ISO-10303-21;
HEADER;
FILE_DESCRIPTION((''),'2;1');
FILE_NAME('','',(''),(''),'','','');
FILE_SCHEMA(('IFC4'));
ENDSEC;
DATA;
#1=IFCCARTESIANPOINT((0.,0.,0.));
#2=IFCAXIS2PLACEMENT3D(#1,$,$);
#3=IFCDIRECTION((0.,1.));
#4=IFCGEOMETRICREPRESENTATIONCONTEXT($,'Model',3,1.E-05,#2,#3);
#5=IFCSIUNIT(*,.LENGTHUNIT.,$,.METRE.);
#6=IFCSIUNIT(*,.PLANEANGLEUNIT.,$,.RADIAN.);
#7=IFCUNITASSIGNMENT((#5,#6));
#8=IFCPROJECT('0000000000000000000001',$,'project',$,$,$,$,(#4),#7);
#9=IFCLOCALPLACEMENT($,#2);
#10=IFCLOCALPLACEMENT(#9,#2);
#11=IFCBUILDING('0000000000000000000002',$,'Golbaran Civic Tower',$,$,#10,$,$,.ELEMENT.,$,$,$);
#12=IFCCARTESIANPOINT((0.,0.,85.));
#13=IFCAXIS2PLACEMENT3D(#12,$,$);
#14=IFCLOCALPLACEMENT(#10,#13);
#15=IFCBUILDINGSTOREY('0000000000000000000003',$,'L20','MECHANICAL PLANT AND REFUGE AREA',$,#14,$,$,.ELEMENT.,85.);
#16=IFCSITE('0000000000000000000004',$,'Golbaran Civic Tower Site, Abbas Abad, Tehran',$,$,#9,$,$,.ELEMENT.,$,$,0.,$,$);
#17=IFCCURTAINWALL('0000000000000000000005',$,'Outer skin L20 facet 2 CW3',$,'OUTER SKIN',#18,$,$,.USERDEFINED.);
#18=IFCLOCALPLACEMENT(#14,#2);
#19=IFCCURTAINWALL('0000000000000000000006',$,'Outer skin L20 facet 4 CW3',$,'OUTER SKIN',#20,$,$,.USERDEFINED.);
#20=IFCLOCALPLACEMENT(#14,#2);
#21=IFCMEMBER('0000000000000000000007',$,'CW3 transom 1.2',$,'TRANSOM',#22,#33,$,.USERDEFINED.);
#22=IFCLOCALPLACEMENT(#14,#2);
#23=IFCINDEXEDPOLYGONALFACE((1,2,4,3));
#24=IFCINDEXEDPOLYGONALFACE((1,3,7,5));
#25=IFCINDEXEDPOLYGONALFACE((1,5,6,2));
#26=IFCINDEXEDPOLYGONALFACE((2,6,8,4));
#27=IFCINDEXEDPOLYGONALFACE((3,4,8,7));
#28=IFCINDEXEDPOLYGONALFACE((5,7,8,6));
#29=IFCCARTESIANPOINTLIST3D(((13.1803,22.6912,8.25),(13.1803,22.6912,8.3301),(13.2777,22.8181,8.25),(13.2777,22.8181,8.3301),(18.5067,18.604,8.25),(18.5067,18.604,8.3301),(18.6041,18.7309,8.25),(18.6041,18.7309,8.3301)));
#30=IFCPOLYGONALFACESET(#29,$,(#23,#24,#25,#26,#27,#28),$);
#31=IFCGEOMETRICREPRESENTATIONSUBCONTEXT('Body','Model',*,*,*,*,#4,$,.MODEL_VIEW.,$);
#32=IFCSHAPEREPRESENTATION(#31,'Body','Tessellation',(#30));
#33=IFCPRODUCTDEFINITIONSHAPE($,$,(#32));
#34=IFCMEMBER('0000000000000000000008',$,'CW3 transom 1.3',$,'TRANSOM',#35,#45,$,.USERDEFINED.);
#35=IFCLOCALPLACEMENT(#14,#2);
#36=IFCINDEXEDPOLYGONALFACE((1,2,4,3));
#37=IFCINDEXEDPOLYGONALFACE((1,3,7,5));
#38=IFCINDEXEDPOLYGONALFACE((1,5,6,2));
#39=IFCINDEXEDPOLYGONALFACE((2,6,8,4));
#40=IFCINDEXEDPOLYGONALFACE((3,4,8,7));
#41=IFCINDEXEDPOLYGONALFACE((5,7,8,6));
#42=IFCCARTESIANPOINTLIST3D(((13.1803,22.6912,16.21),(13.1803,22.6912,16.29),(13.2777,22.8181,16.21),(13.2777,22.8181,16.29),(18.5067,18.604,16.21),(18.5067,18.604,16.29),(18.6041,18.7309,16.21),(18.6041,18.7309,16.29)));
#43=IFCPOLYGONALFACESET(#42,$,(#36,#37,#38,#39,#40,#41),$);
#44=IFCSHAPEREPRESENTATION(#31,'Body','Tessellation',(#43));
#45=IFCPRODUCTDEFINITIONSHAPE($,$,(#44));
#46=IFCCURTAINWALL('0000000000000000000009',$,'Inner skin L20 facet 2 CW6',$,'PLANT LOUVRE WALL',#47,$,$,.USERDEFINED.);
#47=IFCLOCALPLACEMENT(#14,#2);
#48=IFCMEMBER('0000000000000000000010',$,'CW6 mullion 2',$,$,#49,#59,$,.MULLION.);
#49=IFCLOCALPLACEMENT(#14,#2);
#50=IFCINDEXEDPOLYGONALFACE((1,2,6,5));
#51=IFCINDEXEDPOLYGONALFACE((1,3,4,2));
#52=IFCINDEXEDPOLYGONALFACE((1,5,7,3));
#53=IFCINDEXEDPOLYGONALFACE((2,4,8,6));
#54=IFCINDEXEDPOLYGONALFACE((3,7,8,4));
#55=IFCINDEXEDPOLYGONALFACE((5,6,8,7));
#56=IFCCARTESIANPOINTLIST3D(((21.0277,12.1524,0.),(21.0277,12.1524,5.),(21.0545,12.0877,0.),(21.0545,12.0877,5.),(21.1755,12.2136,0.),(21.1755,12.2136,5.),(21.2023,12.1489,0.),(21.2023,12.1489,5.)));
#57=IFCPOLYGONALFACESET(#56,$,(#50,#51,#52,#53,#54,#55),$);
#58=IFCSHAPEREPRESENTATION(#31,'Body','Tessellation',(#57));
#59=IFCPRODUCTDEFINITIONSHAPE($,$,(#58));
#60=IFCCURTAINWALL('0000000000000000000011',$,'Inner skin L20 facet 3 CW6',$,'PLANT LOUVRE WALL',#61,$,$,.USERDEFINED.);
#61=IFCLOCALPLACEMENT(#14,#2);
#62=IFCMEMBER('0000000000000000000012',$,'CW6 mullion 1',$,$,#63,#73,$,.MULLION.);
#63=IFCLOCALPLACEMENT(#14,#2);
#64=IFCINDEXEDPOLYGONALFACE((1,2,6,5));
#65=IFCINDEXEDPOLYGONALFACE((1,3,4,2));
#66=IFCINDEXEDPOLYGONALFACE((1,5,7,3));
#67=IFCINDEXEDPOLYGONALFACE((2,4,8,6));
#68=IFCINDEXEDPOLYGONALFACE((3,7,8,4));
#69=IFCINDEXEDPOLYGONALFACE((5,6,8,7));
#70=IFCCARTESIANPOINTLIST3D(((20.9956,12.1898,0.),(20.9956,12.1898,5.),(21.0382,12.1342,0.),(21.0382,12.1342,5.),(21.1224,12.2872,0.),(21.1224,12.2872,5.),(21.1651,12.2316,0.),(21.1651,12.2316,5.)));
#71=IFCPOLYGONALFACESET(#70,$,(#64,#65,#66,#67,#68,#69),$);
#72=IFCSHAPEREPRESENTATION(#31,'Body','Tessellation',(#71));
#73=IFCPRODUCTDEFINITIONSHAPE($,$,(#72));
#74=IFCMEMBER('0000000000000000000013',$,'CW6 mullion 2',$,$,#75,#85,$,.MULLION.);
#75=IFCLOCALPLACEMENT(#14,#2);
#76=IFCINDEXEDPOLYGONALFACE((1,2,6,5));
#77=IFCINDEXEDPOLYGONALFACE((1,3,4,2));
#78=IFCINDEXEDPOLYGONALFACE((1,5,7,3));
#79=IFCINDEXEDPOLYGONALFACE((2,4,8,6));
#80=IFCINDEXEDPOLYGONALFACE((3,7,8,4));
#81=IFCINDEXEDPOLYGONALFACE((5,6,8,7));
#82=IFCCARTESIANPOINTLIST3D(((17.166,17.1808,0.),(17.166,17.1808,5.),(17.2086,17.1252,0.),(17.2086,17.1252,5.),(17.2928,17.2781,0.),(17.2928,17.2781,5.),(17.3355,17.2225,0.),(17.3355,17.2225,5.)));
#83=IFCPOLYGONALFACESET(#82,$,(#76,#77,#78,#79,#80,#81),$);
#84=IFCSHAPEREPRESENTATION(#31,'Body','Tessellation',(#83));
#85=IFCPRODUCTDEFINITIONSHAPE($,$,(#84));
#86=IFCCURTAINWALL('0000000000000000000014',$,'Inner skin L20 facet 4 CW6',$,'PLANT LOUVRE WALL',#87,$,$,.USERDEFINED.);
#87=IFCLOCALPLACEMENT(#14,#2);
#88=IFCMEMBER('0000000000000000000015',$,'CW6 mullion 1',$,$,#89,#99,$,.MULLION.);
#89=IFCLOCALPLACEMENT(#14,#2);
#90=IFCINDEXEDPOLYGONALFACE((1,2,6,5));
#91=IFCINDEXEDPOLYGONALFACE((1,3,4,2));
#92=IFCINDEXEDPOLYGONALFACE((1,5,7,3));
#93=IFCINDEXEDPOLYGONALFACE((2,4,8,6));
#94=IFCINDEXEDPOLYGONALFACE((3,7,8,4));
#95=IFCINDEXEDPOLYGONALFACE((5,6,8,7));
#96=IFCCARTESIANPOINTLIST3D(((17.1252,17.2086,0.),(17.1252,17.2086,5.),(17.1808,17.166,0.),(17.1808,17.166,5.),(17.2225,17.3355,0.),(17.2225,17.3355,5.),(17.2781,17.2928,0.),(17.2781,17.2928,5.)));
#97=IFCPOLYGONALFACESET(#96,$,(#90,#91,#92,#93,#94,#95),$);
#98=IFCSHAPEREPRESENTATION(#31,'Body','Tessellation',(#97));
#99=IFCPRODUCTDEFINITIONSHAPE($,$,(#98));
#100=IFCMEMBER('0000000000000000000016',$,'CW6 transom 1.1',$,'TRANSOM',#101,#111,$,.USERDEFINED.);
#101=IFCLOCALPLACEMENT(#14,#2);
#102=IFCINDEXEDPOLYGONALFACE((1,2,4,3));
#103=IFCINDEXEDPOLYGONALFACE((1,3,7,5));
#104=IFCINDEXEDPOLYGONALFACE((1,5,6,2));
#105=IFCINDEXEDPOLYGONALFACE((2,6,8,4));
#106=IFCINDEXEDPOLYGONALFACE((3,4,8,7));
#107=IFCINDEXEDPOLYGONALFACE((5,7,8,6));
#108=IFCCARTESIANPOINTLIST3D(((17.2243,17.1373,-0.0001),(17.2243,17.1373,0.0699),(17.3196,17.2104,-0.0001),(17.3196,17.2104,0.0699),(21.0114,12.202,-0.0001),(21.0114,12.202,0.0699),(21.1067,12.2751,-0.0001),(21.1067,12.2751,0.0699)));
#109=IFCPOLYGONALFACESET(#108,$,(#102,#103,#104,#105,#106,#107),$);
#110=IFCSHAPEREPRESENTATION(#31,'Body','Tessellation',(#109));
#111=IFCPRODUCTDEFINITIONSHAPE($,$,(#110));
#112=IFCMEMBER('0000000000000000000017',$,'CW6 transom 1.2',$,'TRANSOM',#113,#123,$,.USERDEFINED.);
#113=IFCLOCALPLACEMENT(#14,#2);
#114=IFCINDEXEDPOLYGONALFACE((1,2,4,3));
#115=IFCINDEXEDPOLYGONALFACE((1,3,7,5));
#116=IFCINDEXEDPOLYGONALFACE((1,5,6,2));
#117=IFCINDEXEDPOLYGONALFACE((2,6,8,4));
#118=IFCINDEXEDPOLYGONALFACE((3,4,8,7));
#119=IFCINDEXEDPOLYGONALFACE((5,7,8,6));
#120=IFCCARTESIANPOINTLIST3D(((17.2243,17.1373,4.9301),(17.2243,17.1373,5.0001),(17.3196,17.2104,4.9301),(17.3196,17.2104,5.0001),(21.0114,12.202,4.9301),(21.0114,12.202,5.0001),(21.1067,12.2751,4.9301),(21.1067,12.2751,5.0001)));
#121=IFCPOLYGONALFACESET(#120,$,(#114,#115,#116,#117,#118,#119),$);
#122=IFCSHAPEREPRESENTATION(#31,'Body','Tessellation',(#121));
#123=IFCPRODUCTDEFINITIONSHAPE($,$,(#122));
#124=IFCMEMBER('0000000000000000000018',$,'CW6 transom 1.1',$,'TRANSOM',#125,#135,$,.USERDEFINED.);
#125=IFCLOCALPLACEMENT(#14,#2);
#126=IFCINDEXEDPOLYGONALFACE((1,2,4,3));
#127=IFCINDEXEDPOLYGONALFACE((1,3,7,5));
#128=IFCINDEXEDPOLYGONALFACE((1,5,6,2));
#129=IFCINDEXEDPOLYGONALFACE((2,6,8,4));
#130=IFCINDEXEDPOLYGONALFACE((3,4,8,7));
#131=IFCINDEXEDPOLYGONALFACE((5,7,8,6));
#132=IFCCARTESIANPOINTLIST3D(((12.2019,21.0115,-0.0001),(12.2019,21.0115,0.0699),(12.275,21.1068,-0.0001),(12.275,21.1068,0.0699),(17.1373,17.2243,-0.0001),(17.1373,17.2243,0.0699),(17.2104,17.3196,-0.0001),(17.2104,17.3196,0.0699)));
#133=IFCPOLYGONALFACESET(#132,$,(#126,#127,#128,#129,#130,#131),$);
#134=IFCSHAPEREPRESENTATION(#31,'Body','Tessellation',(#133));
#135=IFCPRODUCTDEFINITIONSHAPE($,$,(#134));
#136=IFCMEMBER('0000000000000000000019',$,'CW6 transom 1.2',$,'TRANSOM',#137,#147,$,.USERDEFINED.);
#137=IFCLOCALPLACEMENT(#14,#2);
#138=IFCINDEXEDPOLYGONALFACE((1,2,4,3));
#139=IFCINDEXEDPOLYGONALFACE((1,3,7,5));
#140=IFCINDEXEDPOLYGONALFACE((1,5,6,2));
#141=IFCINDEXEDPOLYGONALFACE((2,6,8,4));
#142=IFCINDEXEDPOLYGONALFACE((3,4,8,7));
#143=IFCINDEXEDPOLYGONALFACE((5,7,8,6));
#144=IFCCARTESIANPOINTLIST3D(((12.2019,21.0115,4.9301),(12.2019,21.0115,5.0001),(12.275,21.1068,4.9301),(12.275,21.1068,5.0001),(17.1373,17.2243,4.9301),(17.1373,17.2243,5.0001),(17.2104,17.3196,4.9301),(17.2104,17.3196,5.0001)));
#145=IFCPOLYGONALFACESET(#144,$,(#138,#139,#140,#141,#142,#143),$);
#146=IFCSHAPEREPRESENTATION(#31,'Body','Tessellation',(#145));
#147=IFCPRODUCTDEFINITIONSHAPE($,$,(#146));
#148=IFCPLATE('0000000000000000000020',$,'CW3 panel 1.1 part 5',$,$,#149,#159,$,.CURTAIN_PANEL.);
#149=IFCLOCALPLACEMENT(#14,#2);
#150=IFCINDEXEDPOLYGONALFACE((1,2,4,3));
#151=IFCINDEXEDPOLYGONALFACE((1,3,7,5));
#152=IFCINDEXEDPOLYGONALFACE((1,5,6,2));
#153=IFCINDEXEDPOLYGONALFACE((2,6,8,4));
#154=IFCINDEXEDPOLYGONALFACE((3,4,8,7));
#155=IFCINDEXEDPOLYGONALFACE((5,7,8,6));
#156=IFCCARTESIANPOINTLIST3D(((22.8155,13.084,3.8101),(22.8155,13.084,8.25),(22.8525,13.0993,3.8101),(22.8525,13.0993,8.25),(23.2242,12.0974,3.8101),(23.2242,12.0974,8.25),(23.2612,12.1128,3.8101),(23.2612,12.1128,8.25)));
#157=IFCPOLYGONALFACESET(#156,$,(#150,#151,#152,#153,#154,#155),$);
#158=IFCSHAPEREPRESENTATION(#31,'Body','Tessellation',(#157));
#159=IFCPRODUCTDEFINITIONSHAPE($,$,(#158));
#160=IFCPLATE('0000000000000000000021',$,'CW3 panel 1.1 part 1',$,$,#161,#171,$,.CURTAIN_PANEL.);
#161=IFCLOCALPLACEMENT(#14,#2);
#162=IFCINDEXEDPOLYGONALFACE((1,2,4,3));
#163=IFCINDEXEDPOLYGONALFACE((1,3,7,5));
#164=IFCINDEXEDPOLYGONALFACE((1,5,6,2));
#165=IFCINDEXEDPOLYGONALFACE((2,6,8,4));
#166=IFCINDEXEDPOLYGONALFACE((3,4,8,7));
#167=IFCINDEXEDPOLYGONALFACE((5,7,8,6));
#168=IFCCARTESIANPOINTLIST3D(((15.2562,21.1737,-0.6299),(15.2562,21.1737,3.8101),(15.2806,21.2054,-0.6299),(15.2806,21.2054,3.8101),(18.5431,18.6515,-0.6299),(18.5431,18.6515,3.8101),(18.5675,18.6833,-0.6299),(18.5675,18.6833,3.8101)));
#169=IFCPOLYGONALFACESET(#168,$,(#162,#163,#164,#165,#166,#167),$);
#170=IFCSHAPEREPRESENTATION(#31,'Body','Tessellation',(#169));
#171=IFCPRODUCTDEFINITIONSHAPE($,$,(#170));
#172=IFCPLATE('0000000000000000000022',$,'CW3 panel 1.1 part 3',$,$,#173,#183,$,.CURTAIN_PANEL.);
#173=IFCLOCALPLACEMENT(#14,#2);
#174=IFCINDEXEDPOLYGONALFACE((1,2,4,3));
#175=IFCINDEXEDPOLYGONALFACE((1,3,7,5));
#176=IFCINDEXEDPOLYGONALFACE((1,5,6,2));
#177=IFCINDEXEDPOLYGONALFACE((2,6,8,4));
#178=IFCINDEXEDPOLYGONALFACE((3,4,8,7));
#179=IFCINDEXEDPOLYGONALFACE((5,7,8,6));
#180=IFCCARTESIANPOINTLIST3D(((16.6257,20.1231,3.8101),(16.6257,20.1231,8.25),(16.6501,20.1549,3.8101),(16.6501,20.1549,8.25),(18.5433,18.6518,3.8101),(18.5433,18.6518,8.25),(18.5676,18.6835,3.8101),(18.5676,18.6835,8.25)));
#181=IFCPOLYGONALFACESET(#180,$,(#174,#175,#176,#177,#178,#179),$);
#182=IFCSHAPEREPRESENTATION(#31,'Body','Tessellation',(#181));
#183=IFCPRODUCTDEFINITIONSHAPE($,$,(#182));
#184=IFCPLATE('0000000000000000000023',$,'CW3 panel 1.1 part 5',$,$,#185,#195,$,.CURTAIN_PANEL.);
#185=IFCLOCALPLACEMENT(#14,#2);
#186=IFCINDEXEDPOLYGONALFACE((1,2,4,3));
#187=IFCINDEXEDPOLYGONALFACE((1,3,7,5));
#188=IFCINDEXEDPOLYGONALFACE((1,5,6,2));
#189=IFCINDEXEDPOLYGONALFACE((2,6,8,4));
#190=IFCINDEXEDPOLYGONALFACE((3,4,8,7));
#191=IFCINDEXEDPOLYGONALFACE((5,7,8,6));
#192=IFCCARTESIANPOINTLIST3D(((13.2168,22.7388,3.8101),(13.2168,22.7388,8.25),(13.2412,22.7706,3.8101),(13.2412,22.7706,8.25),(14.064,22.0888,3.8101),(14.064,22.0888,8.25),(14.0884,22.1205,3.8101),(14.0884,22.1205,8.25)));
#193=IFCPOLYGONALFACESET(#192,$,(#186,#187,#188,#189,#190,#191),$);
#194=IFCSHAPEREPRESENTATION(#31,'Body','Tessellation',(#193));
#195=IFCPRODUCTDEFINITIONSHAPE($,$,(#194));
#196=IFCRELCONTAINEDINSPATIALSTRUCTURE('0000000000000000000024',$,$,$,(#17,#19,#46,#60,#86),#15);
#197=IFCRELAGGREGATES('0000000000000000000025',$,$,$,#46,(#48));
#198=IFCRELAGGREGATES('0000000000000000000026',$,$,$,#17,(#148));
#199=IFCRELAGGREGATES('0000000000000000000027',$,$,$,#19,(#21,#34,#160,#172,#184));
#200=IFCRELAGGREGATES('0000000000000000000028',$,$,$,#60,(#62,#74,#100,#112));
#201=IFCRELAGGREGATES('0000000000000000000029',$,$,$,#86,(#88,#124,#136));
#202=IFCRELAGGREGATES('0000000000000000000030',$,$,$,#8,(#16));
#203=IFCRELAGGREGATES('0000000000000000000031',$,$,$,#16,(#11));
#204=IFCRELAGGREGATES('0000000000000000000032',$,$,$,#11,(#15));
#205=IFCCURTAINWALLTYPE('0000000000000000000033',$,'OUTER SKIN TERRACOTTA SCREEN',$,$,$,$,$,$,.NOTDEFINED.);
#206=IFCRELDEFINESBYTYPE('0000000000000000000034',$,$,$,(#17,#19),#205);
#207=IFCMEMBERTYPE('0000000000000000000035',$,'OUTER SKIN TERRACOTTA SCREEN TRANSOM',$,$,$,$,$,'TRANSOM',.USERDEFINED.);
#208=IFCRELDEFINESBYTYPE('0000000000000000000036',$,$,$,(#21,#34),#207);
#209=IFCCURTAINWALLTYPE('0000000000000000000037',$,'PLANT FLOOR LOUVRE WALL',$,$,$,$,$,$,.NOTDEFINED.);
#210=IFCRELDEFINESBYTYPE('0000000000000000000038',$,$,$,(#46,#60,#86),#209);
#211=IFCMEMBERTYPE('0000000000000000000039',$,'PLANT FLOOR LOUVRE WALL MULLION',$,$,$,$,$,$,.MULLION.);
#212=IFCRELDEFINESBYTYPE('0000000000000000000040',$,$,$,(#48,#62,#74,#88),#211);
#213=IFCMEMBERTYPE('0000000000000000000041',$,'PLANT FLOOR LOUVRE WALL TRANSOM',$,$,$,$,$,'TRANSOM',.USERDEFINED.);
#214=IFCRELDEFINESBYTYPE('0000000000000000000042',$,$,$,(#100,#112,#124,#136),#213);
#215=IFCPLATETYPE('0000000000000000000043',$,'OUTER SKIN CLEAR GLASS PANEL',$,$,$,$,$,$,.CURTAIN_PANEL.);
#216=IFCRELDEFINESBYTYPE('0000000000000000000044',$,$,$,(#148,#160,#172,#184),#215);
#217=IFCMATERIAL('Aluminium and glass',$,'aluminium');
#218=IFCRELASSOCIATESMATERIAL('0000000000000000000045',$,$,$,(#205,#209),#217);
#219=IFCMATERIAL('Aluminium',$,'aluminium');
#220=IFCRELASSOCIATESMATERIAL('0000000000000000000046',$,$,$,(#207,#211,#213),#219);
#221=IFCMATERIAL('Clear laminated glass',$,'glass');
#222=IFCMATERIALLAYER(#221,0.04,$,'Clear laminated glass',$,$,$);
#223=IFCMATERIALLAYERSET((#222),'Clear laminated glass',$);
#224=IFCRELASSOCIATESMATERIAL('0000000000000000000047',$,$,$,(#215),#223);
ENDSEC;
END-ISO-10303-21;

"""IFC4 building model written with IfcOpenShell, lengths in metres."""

from ifc_helpers import new_model, si_unit, direction, frame, origin, origin_2d, place, context, subcontext, project, spatial, rectangle, extrude, material, layer, layer_set, material_profile, profile_set, type_object, element, aggregate, save


model = new_model("IFC4")

# Units and contexts
model_context = context("Model", 3, precision=1e-05, world=origin(), true_north=direction((0.0, 1.0)))
body_context = subcontext(model_context, "Body", "Model", "MODEL_VIEW")
ifc_project = project(units=[si_unit("LENGTHUNIT", "METRE"), si_unit("PLANEANGLEUNIT", "RADIAN")], contexts=[model_context])

# Site, building, storey
site_placement = place(None, origin())
site = spatial("IfcSite", under=ifc_project, at=site_placement, Name="Golbaran Civic Tower Site, Abbas Abad, Tehran", CompositionType="ELEMENT", RefElevation=0.0)
building_placement = place(site_placement, origin())
building = spatial("IfcBuilding", under=site, at=building_placement, Name="Golbaran Civic Tower", CompositionType="ELEMENT")
storey_placement = place(building_placement, frame((0.0, 0.0, 85.0)))
storey = spatial("IfcBuildingStorey", under=building, at=storey_placement, Name="L20", Description="MECHANICAL PLANT AND REFUGE AREA", CompositionType="ELEMENT", Elevation=85.0)

# Curtain wall
ifc_material_1 = material(Name="Aluminium and glass", Category="aluminium")
curtain_wall_type_1 = type_object("IfcCurtainWallType", Name="OUTER SKIN TERRACOTTA SCREEN", PredefinedType="NOTDEFINED", material=ifc_material_1)
curtain_wall_1_placement = place(storey_placement, origin())
curtain_wall_1 = element("IfcCurtainWall", 1, at=curtain_wall_1_placement, inside=storey, type_object=curtain_wall_type_1, Name="Outer skin L20 facet 2 CW3", ObjectType="OUTER SKIN", PredefinedType="USERDEFINED")
ifc_material_2 = material(Name="Aluminium", Category="aluminium")

# Curtain wall
curtain_wall_2_placement = place(storey_placement, origin())
curtain_wall_2 = element("IfcCurtainWall", 2, at=curtain_wall_2_placement, inside=storey, type_object=curtain_wall_type_1, Name="Outer skin L20 facet 4 CW3", ObjectType="OUTER SKIN", PredefinedType="USERDEFINED")

# Members
ifc_material_profile_1 = material_profile(ifc_material_2, rectangle(XDim=0.1599, YDim=0.0801, at=origin_2d()), Name="OUTER SKIN TERRACOTTA SCREEN TRANSOM")
ifc_profile_set_1 = profile_set([ifc_material_profile_1], Name="Aluminium")
member_type_1 = type_object("IfcMemberType", Name="OUTER SKIN TERRACOTTA SCREEN TRANSOM", ElementType="TRANSOM", PredefinedType="USERDEFINED", material=ifc_profile_set_1)
member_1_placement = place(storey_placement, frame((18.5554, 18.6675, 8.29), z_axis=(-0.793349, 0.608767, 0.0), x_axis=(-0.608767, -0.793349, 0.0)))
member_1 = element("IfcMember", 3, at=member_1_placement, type_object=member_type_1, Name="CW3 transom 1.2", ObjectType="TRANSOM", PredefinedType="USERDEFINED", context=body_context, shape_type="SweptSolid", body=[
    extrude(rectangle(XDim=0.1599, YDim=0.0801, at=origin_2d()), origin(), (0.0, 0.0, 1.0), 6.7139),
])
member_2_placement = place(storey_placement, frame((18.5554, 18.6675, 16.25), z_axis=(-0.793349, 0.608767, 0.0), x_axis=(-0.608767, -0.793349, 0.0)))
member_2 = element("IfcMember", 4, at=member_2_placement, type_object=member_type_1, Name="CW3 transom 1.3", ObjectType="TRANSOM", PredefinedType="USERDEFINED", context=body_context, shape_type="SweptSolid", body=[
    extrude(rectangle(XDim=0.1599, YDim=0.0801, at=origin_2d()), origin(), (0.0, 0.0, 1.0), 6.7139),
])

# Curtain wall, member
curtain_wall_type_2 = type_object("IfcCurtainWallType", Name="PLANT FLOOR LOUVRE WALL", PredefinedType="NOTDEFINED", material=ifc_material_1)
curtain_wall_3_placement = place(storey_placement, origin())
curtain_wall_3 = element("IfcCurtainWall", 5, at=curtain_wall_3_placement, inside=storey, type_object=curtain_wall_type_2, Name="Inner skin L20 facet 2 CW6", ObjectType="PLANT LOUVRE WALL", PredefinedType="USERDEFINED")
ifc_material_profile_2 = material_profile(ifc_material_2, rectangle(XDim=0.1599, YDim=0.0701, at=origin_2d()), Name="PLANT FLOOR LOUVRE WALL MULLION")
ifc_profile_set_2 = profile_set([ifc_material_profile_2], Name="Aluminium")
member_type_2 = type_object("IfcMemberType", Name="PLANT FLOOR LOUVRE WALL MULLION", PredefinedType="MULLION", material=ifc_profile_set_2)
member_3_placement = place(storey_placement, frame((21.115, 12.1506, 0.0), z_axis=(0.0, 0.0, 1.0), x_axis=(-0.92388, -0.382683, 0.0)))
member_3 = element("IfcMember", 6, at=member_3_placement, type_object=member_type_2, Name="CW6 mullion 2", PredefinedType="MULLION", context=body_context, shape_type="SweptSolid", body=[
    extrude(rectangle(XDim=0.1599, YDim=0.0701, at=origin_2d()), origin(), (0.0, 0.0, 1.0), 5.0),
])
aggregate(curtain_wall_3, [member_3])

# Curtain wall, members
curtain_wall_4_placement = place(storey_placement, origin())
curtain_wall_4 = element("IfcCurtainWall", 7, at=curtain_wall_4_placement, inside=storey, type_object=curtain_wall_type_2, Name="Inner skin L20 facet 3 CW6", ObjectType="PLANT LOUVRE WALL", PredefinedType="USERDEFINED")
member_4_placement = place(storey_placement, frame((21.0803, 12.2107, 0.0), z_axis=(0.0, 0.0, 1.0), x_axis=(-0.793353, -0.608761, 0.0)))
member_4 = element("IfcMember", 8, at=member_4_placement, type_object=member_type_2, Name="CW6 mullion 1", PredefinedType="MULLION", context=body_context, shape_type="SweptSolid", body=[
    extrude(rectangle(XDim=0.1599, YDim=0.0701, at=origin_2d()), origin(), (0.0, 0.0, 1.0), 5.0),
])
member_5_placement = place(storey_placement, frame((17.2507, 17.2017, 0.0), z_axis=(0.0, 0.0, 1.0), x_axis=(-0.793353, -0.608761, 0.0)))
member_5 = element("IfcMember", 9, at=member_5_placement, type_object=member_type_2, Name="CW6 mullion 2", PredefinedType="MULLION", context=body_context, shape_type="SweptSolid", body=[
    extrude(rectangle(XDim=0.1599, YDim=0.0701, at=origin_2d()), origin(), (0.0, 0.0, 1.0), 5.0),
])

# Curtain wall, member
curtain_wall_5_placement = place(storey_placement, origin())
curtain_wall_5 = element("IfcCurtainWall", 10, at=curtain_wall_5_placement, inside=storey, type_object=curtain_wall_type_2, Name="Inner skin L20 facet 4 CW6", ObjectType="PLANT LOUVRE WALL", PredefinedType="USERDEFINED")
member_6_placement = place(storey_placement, frame((17.2017, 17.2507, 0.0), z_axis=(0.0, 0.0, 1.0), x_axis=(-0.608761, -0.793353, 0.0)))
member_6 = element("IfcMember", 11, at=member_6_placement, type_object=member_type_2, Name="CW6 mullion 1", PredefinedType="MULLION", context=body_context, shape_type="SweptSolid", body=[
    extrude(rectangle(XDim=0.1599, YDim=0.0701, at=origin_2d()), origin(), (0.0, 0.0, 1.0), 5.0),
])

# Members
ifc_material_profile_3 = material_profile(ifc_material_2, rectangle(XDim=0.1201, YDim=0.0701, at=origin_2d()), Name="PLANT FLOOR LOUVRE WALL TRANSOM")
ifc_profile_set_3 = profile_set([ifc_material_profile_3], Name="Aluminium")
member_type_3 = type_object("IfcMemberType", Name="PLANT FLOOR LOUVRE WALL TRANSOM", ElementType="TRANSOM", PredefinedType="USERDEFINED", material=ifc_profile_set_3)
member_7_placement = place(storey_placement, frame((21.0591, 12.2385, 0.0349), z_axis=(-0.608773, 0.793344, 0.0), x_axis=(-0.793344, -0.608773, 0.0)))
member_7 = element("IfcMember", 12, at=member_7_placement, type_object=member_type_3, Name="CW6 transom 1.1", ObjectType="TRANSOM", PredefinedType="USERDEFINED", context=body_context, shape_type="SweptSolid", body=[
    extrude(rectangle(XDim=0.1201, YDim=0.0701, at=origin_2d()), origin(), (0.0, 0.0, 1.0), 6.2209),
])
member_8_placement = place(storey_placement, frame((21.0591, 12.2385, 4.9651), z_axis=(-0.608773, 0.793344, 0.0), x_axis=(-0.793344, -0.608773, 0.0)))
member_8 = element("IfcMember", 13, at=member_8_placement, type_object=member_type_3, Name="CW6 transom 1.2", ObjectType="TRANSOM", PredefinedType="USERDEFINED", context=body_context, shape_type="SweptSolid", body=[
    extrude(rectangle(XDim=0.1201, YDim=0.0701, at=origin_2d()), origin(), (0.0, 0.0, 1.0), 6.2209),
])
member_9_placement = place(storey_placement, frame((17.1738, 17.272, 0.0349), z_axis=(-0.793344, 0.608773, 0.0), x_axis=(-0.608773, -0.793344, 0.0)))
member_9 = element("IfcMember", 14, at=member_9_placement, type_object=member_type_3, Name="CW6 transom 1.1", ObjectType="TRANSOM", PredefinedType="USERDEFINED", context=body_context, shape_type="SweptSolid", body=[
    extrude(rectangle(XDim=0.1201, YDim=0.0701, at=origin_2d()), origin(), (0.0, 0.0, 1.0), 6.2209),
])
member_10_placement = place(storey_placement, frame((17.1738, 17.272, 4.9651), z_axis=(-0.793344, 0.608773, 0.0), x_axis=(-0.608773, -0.793344, 0.0)))
member_10 = element("IfcMember", 15, at=member_10_placement, type_object=member_type_3, Name="CW6 transom 1.2", ObjectType="TRANSOM", PredefinedType="USERDEFINED", context=body_context, shape_type="SweptSolid", body=[
    extrude(rectangle(XDim=0.1201, YDim=0.0701, at=origin_2d()), origin(), (0.0, 0.0, 1.0), 6.2209),
])

# Plates
ifc_material_3 = material(Name="Clear laminated glass", Category="glass")
ifc_layer_1 = layer(ifc_material_3, 0.04, Name="Clear laminated glass")
ifc_layer_set_1 = layer_set([ifc_layer_1], Name="Clear laminated glass")
plate_type_1 = type_object("IfcPlateType", Name="OUTER SKIN CLEAR GLASS PANEL", PredefinedType="CURTAIN_PANEL", material=ifc_layer_set_1)
plate_1_placement = place(storey_placement, frame((23.0383, 12.5984, 3.8101), z_axis=(0.0, 0.0, 1.0), x_axis=(-0.382683, 0.92388, 0.0)))
plate_1 = element("IfcPlate", 16, at=plate_1_placement, type_object=plate_type_1, Name="CW3 panel 1.1 part 5", PredefinedType="CURTAIN_PANEL", context=body_context, shape_type="SweptSolid", body=[
    extrude(rectangle(XDim=1.0679, YDim=0.04, at=origin_2d()), origin(), (0.0, 0.0, 1.0), 4.4399),
])
aggregate(curtain_wall_1, [plate_1])
plate_2_placement = place(storey_placement, frame((16.9119, 19.9285, -0.6299), z_axis=(0.0, 0.0, 1.0), x_axis=(-0.793353, 0.608761, 0.0)))
plate_2 = element("IfcPlate", 17, at=plate_2_placement, type_object=plate_type_1, Name="CW3 panel 1.1 part 1", PredefinedType="CURTAIN_PANEL", context=body_context, shape_type="SweptSolid", body=[
    extrude(rectangle(XDim=4.1431, YDim=0.04, at=origin_2d()), origin(), (0.0, 0.0, 1.0), 4.4399),
])
plate_3_placement = place(storey_placement, frame((17.5967, 19.4033, 3.8101), z_axis=(0.0, 0.0, 1.0), x_axis=(-0.793353, 0.608761, 0.0)))
plate_3 = element("IfcPlate", 18, at=plate_3_placement, type_object=plate_type_1, Name="CW3 panel 1.1 part 3", PredefinedType="CURTAIN_PANEL", context=body_context, shape_type="SweptSolid", body=[
    extrude(rectangle(XDim=2.417, YDim=0.04, at=origin_2d()), origin(), (0.0, 0.0, 1.0), 4.4399),
])
plate_4_placement = place(storey_placement, frame((13.6526, 22.4297, 3.8101), z_axis=(0.0, 0.0, 1.0), x_axis=(-0.793353, 0.608761, 0.0)))
plate_4 = element("IfcPlate", 19, at=plate_4_placement, type_object=plate_type_1, Name="CW3 panel 1.1 part 5", PredefinedType="CURTAIN_PANEL", context=body_context, shape_type="SweptSolid", body=[
    extrude(rectangle(XDim=1.0679, YDim=0.04, at=origin_2d()), origin(), (0.0, 0.0, 1.0), 4.4399),
])
aggregate(curtain_wall_2, [member_1, member_2, plate_2, plate_3, plate_4])
aggregate(curtain_wall_4, [member_4, member_5, member_7, member_8])
aggregate(curtain_wall_5, [member_6, member_9, member_10])

save(model, "model.ifc")
